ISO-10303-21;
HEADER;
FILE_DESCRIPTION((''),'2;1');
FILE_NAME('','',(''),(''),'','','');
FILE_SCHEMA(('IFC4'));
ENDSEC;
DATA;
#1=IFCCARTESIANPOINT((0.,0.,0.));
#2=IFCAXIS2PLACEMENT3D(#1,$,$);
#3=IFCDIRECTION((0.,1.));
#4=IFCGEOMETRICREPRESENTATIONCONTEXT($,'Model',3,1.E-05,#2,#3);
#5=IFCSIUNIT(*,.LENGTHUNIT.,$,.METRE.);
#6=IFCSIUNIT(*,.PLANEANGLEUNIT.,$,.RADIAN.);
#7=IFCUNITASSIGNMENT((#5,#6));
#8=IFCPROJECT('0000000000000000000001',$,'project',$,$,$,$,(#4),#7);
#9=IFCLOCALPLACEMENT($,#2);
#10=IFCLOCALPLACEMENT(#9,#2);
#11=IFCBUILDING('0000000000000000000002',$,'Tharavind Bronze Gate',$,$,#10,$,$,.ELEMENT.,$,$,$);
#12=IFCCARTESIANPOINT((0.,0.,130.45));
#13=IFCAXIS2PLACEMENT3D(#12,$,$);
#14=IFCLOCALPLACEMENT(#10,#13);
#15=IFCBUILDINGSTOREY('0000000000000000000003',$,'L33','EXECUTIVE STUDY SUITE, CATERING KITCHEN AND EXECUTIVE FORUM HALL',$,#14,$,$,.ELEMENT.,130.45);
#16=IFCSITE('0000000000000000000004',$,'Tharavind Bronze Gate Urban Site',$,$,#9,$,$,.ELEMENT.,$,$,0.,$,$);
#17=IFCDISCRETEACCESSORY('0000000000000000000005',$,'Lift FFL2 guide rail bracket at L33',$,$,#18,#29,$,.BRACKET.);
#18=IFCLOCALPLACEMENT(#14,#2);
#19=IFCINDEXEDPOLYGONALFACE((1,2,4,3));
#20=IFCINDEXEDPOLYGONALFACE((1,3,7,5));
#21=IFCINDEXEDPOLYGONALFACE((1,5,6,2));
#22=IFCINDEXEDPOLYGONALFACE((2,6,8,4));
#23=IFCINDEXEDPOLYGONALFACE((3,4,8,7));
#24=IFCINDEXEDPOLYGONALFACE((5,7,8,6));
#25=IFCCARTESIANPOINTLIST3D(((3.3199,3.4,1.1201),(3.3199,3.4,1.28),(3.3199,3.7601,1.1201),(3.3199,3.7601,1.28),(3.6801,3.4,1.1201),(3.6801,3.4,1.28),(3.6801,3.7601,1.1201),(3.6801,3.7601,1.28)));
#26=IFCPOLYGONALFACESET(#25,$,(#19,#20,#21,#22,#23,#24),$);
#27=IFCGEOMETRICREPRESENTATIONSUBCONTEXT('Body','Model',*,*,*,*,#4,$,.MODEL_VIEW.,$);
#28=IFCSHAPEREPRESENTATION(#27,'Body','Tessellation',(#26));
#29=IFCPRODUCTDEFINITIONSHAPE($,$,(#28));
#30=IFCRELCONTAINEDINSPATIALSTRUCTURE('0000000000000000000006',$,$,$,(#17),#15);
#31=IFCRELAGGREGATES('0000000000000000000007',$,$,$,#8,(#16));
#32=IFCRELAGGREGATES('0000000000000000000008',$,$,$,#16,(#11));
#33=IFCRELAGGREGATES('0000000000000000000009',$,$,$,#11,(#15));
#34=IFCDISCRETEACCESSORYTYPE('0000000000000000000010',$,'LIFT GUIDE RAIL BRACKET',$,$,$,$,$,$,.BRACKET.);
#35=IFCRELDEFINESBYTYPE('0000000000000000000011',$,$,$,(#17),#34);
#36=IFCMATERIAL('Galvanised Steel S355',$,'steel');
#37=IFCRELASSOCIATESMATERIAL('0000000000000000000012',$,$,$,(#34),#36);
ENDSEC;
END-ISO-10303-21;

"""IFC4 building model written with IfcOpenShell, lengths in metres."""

from ifc_helpers import new_model, si_unit, direction, frame, origin, origin_2d, place, context, subcontext, project, spatial, rectangle, extrude, material, type_object, element, save


model = new_model("IFC4")

# Units and contexts
model_context = context("Model", 3, precision=1e-05, world=origin(), true_north=direction((0.0, 1.0)))
body_context = subcontext(model_context, "Body", "Model", "MODEL_VIEW")
ifc_project = project(units=[si_unit("LENGTHUNIT", "METRE"), si_unit("PLANEANGLEUNIT", "RADIAN")], contexts=[model_context])

# Site, building, storey
site_placement = place(None, origin())
site = spatial("IfcSite", under=ifc_project, at=site_placement, Name="Tharavind Bronze Gate Urban Site", CompositionType="ELEMENT", RefElevation=0.0)
building_placement = place(site_placement, origin())
building = spatial("IfcBuilding", under=site, at=building_placement, Name="Tharavind Bronze Gate", CompositionType="ELEMENT")
storey_placement = place(building_placement, frame((0.0, 0.0, 130.45)))
storey = spatial("IfcBuildingStorey", under=building, at=storey_placement, Name="L33", Description="EXECUTIVE STUDY SUITE, CATERING KITCHEN AND EXECUTIVE FORUM HALL", CompositionType="ELEMENT", Elevation=130.45)

# Discrete accessory
ifc_material_1 = material(Name="Galvanised Steel S355", Category="steel")
discrete_accessory_type = type_object("IfcDiscreteAccessoryType", Name="LIFT GUIDE RAIL BRACKET", PredefinedType="BRACKET", material=ifc_material_1)
discrete_accessory_placement = place(storey_placement, frame((3.5, 3.5801, 1.1201), z_axis=(0.0, 0.0, 1.0), x_axis=(1.0, 0.0, 0.0)))
element("IfcDiscreteAccessory", 1, at=discrete_accessory_placement, inside=storey, type_object=discrete_accessory_type, Name="Lift FFL2 guide rail bracket at L33", PredefinedType="BRACKET", context=body_context, shape_type="SweptSolid", body=[
    extrude(rectangle(XDim=0.3601, YDim=0.3601, at=origin_2d()), origin(), (0.0, 0.0, 1.0), 0.1599),
])

save(model, "model.ifc")
